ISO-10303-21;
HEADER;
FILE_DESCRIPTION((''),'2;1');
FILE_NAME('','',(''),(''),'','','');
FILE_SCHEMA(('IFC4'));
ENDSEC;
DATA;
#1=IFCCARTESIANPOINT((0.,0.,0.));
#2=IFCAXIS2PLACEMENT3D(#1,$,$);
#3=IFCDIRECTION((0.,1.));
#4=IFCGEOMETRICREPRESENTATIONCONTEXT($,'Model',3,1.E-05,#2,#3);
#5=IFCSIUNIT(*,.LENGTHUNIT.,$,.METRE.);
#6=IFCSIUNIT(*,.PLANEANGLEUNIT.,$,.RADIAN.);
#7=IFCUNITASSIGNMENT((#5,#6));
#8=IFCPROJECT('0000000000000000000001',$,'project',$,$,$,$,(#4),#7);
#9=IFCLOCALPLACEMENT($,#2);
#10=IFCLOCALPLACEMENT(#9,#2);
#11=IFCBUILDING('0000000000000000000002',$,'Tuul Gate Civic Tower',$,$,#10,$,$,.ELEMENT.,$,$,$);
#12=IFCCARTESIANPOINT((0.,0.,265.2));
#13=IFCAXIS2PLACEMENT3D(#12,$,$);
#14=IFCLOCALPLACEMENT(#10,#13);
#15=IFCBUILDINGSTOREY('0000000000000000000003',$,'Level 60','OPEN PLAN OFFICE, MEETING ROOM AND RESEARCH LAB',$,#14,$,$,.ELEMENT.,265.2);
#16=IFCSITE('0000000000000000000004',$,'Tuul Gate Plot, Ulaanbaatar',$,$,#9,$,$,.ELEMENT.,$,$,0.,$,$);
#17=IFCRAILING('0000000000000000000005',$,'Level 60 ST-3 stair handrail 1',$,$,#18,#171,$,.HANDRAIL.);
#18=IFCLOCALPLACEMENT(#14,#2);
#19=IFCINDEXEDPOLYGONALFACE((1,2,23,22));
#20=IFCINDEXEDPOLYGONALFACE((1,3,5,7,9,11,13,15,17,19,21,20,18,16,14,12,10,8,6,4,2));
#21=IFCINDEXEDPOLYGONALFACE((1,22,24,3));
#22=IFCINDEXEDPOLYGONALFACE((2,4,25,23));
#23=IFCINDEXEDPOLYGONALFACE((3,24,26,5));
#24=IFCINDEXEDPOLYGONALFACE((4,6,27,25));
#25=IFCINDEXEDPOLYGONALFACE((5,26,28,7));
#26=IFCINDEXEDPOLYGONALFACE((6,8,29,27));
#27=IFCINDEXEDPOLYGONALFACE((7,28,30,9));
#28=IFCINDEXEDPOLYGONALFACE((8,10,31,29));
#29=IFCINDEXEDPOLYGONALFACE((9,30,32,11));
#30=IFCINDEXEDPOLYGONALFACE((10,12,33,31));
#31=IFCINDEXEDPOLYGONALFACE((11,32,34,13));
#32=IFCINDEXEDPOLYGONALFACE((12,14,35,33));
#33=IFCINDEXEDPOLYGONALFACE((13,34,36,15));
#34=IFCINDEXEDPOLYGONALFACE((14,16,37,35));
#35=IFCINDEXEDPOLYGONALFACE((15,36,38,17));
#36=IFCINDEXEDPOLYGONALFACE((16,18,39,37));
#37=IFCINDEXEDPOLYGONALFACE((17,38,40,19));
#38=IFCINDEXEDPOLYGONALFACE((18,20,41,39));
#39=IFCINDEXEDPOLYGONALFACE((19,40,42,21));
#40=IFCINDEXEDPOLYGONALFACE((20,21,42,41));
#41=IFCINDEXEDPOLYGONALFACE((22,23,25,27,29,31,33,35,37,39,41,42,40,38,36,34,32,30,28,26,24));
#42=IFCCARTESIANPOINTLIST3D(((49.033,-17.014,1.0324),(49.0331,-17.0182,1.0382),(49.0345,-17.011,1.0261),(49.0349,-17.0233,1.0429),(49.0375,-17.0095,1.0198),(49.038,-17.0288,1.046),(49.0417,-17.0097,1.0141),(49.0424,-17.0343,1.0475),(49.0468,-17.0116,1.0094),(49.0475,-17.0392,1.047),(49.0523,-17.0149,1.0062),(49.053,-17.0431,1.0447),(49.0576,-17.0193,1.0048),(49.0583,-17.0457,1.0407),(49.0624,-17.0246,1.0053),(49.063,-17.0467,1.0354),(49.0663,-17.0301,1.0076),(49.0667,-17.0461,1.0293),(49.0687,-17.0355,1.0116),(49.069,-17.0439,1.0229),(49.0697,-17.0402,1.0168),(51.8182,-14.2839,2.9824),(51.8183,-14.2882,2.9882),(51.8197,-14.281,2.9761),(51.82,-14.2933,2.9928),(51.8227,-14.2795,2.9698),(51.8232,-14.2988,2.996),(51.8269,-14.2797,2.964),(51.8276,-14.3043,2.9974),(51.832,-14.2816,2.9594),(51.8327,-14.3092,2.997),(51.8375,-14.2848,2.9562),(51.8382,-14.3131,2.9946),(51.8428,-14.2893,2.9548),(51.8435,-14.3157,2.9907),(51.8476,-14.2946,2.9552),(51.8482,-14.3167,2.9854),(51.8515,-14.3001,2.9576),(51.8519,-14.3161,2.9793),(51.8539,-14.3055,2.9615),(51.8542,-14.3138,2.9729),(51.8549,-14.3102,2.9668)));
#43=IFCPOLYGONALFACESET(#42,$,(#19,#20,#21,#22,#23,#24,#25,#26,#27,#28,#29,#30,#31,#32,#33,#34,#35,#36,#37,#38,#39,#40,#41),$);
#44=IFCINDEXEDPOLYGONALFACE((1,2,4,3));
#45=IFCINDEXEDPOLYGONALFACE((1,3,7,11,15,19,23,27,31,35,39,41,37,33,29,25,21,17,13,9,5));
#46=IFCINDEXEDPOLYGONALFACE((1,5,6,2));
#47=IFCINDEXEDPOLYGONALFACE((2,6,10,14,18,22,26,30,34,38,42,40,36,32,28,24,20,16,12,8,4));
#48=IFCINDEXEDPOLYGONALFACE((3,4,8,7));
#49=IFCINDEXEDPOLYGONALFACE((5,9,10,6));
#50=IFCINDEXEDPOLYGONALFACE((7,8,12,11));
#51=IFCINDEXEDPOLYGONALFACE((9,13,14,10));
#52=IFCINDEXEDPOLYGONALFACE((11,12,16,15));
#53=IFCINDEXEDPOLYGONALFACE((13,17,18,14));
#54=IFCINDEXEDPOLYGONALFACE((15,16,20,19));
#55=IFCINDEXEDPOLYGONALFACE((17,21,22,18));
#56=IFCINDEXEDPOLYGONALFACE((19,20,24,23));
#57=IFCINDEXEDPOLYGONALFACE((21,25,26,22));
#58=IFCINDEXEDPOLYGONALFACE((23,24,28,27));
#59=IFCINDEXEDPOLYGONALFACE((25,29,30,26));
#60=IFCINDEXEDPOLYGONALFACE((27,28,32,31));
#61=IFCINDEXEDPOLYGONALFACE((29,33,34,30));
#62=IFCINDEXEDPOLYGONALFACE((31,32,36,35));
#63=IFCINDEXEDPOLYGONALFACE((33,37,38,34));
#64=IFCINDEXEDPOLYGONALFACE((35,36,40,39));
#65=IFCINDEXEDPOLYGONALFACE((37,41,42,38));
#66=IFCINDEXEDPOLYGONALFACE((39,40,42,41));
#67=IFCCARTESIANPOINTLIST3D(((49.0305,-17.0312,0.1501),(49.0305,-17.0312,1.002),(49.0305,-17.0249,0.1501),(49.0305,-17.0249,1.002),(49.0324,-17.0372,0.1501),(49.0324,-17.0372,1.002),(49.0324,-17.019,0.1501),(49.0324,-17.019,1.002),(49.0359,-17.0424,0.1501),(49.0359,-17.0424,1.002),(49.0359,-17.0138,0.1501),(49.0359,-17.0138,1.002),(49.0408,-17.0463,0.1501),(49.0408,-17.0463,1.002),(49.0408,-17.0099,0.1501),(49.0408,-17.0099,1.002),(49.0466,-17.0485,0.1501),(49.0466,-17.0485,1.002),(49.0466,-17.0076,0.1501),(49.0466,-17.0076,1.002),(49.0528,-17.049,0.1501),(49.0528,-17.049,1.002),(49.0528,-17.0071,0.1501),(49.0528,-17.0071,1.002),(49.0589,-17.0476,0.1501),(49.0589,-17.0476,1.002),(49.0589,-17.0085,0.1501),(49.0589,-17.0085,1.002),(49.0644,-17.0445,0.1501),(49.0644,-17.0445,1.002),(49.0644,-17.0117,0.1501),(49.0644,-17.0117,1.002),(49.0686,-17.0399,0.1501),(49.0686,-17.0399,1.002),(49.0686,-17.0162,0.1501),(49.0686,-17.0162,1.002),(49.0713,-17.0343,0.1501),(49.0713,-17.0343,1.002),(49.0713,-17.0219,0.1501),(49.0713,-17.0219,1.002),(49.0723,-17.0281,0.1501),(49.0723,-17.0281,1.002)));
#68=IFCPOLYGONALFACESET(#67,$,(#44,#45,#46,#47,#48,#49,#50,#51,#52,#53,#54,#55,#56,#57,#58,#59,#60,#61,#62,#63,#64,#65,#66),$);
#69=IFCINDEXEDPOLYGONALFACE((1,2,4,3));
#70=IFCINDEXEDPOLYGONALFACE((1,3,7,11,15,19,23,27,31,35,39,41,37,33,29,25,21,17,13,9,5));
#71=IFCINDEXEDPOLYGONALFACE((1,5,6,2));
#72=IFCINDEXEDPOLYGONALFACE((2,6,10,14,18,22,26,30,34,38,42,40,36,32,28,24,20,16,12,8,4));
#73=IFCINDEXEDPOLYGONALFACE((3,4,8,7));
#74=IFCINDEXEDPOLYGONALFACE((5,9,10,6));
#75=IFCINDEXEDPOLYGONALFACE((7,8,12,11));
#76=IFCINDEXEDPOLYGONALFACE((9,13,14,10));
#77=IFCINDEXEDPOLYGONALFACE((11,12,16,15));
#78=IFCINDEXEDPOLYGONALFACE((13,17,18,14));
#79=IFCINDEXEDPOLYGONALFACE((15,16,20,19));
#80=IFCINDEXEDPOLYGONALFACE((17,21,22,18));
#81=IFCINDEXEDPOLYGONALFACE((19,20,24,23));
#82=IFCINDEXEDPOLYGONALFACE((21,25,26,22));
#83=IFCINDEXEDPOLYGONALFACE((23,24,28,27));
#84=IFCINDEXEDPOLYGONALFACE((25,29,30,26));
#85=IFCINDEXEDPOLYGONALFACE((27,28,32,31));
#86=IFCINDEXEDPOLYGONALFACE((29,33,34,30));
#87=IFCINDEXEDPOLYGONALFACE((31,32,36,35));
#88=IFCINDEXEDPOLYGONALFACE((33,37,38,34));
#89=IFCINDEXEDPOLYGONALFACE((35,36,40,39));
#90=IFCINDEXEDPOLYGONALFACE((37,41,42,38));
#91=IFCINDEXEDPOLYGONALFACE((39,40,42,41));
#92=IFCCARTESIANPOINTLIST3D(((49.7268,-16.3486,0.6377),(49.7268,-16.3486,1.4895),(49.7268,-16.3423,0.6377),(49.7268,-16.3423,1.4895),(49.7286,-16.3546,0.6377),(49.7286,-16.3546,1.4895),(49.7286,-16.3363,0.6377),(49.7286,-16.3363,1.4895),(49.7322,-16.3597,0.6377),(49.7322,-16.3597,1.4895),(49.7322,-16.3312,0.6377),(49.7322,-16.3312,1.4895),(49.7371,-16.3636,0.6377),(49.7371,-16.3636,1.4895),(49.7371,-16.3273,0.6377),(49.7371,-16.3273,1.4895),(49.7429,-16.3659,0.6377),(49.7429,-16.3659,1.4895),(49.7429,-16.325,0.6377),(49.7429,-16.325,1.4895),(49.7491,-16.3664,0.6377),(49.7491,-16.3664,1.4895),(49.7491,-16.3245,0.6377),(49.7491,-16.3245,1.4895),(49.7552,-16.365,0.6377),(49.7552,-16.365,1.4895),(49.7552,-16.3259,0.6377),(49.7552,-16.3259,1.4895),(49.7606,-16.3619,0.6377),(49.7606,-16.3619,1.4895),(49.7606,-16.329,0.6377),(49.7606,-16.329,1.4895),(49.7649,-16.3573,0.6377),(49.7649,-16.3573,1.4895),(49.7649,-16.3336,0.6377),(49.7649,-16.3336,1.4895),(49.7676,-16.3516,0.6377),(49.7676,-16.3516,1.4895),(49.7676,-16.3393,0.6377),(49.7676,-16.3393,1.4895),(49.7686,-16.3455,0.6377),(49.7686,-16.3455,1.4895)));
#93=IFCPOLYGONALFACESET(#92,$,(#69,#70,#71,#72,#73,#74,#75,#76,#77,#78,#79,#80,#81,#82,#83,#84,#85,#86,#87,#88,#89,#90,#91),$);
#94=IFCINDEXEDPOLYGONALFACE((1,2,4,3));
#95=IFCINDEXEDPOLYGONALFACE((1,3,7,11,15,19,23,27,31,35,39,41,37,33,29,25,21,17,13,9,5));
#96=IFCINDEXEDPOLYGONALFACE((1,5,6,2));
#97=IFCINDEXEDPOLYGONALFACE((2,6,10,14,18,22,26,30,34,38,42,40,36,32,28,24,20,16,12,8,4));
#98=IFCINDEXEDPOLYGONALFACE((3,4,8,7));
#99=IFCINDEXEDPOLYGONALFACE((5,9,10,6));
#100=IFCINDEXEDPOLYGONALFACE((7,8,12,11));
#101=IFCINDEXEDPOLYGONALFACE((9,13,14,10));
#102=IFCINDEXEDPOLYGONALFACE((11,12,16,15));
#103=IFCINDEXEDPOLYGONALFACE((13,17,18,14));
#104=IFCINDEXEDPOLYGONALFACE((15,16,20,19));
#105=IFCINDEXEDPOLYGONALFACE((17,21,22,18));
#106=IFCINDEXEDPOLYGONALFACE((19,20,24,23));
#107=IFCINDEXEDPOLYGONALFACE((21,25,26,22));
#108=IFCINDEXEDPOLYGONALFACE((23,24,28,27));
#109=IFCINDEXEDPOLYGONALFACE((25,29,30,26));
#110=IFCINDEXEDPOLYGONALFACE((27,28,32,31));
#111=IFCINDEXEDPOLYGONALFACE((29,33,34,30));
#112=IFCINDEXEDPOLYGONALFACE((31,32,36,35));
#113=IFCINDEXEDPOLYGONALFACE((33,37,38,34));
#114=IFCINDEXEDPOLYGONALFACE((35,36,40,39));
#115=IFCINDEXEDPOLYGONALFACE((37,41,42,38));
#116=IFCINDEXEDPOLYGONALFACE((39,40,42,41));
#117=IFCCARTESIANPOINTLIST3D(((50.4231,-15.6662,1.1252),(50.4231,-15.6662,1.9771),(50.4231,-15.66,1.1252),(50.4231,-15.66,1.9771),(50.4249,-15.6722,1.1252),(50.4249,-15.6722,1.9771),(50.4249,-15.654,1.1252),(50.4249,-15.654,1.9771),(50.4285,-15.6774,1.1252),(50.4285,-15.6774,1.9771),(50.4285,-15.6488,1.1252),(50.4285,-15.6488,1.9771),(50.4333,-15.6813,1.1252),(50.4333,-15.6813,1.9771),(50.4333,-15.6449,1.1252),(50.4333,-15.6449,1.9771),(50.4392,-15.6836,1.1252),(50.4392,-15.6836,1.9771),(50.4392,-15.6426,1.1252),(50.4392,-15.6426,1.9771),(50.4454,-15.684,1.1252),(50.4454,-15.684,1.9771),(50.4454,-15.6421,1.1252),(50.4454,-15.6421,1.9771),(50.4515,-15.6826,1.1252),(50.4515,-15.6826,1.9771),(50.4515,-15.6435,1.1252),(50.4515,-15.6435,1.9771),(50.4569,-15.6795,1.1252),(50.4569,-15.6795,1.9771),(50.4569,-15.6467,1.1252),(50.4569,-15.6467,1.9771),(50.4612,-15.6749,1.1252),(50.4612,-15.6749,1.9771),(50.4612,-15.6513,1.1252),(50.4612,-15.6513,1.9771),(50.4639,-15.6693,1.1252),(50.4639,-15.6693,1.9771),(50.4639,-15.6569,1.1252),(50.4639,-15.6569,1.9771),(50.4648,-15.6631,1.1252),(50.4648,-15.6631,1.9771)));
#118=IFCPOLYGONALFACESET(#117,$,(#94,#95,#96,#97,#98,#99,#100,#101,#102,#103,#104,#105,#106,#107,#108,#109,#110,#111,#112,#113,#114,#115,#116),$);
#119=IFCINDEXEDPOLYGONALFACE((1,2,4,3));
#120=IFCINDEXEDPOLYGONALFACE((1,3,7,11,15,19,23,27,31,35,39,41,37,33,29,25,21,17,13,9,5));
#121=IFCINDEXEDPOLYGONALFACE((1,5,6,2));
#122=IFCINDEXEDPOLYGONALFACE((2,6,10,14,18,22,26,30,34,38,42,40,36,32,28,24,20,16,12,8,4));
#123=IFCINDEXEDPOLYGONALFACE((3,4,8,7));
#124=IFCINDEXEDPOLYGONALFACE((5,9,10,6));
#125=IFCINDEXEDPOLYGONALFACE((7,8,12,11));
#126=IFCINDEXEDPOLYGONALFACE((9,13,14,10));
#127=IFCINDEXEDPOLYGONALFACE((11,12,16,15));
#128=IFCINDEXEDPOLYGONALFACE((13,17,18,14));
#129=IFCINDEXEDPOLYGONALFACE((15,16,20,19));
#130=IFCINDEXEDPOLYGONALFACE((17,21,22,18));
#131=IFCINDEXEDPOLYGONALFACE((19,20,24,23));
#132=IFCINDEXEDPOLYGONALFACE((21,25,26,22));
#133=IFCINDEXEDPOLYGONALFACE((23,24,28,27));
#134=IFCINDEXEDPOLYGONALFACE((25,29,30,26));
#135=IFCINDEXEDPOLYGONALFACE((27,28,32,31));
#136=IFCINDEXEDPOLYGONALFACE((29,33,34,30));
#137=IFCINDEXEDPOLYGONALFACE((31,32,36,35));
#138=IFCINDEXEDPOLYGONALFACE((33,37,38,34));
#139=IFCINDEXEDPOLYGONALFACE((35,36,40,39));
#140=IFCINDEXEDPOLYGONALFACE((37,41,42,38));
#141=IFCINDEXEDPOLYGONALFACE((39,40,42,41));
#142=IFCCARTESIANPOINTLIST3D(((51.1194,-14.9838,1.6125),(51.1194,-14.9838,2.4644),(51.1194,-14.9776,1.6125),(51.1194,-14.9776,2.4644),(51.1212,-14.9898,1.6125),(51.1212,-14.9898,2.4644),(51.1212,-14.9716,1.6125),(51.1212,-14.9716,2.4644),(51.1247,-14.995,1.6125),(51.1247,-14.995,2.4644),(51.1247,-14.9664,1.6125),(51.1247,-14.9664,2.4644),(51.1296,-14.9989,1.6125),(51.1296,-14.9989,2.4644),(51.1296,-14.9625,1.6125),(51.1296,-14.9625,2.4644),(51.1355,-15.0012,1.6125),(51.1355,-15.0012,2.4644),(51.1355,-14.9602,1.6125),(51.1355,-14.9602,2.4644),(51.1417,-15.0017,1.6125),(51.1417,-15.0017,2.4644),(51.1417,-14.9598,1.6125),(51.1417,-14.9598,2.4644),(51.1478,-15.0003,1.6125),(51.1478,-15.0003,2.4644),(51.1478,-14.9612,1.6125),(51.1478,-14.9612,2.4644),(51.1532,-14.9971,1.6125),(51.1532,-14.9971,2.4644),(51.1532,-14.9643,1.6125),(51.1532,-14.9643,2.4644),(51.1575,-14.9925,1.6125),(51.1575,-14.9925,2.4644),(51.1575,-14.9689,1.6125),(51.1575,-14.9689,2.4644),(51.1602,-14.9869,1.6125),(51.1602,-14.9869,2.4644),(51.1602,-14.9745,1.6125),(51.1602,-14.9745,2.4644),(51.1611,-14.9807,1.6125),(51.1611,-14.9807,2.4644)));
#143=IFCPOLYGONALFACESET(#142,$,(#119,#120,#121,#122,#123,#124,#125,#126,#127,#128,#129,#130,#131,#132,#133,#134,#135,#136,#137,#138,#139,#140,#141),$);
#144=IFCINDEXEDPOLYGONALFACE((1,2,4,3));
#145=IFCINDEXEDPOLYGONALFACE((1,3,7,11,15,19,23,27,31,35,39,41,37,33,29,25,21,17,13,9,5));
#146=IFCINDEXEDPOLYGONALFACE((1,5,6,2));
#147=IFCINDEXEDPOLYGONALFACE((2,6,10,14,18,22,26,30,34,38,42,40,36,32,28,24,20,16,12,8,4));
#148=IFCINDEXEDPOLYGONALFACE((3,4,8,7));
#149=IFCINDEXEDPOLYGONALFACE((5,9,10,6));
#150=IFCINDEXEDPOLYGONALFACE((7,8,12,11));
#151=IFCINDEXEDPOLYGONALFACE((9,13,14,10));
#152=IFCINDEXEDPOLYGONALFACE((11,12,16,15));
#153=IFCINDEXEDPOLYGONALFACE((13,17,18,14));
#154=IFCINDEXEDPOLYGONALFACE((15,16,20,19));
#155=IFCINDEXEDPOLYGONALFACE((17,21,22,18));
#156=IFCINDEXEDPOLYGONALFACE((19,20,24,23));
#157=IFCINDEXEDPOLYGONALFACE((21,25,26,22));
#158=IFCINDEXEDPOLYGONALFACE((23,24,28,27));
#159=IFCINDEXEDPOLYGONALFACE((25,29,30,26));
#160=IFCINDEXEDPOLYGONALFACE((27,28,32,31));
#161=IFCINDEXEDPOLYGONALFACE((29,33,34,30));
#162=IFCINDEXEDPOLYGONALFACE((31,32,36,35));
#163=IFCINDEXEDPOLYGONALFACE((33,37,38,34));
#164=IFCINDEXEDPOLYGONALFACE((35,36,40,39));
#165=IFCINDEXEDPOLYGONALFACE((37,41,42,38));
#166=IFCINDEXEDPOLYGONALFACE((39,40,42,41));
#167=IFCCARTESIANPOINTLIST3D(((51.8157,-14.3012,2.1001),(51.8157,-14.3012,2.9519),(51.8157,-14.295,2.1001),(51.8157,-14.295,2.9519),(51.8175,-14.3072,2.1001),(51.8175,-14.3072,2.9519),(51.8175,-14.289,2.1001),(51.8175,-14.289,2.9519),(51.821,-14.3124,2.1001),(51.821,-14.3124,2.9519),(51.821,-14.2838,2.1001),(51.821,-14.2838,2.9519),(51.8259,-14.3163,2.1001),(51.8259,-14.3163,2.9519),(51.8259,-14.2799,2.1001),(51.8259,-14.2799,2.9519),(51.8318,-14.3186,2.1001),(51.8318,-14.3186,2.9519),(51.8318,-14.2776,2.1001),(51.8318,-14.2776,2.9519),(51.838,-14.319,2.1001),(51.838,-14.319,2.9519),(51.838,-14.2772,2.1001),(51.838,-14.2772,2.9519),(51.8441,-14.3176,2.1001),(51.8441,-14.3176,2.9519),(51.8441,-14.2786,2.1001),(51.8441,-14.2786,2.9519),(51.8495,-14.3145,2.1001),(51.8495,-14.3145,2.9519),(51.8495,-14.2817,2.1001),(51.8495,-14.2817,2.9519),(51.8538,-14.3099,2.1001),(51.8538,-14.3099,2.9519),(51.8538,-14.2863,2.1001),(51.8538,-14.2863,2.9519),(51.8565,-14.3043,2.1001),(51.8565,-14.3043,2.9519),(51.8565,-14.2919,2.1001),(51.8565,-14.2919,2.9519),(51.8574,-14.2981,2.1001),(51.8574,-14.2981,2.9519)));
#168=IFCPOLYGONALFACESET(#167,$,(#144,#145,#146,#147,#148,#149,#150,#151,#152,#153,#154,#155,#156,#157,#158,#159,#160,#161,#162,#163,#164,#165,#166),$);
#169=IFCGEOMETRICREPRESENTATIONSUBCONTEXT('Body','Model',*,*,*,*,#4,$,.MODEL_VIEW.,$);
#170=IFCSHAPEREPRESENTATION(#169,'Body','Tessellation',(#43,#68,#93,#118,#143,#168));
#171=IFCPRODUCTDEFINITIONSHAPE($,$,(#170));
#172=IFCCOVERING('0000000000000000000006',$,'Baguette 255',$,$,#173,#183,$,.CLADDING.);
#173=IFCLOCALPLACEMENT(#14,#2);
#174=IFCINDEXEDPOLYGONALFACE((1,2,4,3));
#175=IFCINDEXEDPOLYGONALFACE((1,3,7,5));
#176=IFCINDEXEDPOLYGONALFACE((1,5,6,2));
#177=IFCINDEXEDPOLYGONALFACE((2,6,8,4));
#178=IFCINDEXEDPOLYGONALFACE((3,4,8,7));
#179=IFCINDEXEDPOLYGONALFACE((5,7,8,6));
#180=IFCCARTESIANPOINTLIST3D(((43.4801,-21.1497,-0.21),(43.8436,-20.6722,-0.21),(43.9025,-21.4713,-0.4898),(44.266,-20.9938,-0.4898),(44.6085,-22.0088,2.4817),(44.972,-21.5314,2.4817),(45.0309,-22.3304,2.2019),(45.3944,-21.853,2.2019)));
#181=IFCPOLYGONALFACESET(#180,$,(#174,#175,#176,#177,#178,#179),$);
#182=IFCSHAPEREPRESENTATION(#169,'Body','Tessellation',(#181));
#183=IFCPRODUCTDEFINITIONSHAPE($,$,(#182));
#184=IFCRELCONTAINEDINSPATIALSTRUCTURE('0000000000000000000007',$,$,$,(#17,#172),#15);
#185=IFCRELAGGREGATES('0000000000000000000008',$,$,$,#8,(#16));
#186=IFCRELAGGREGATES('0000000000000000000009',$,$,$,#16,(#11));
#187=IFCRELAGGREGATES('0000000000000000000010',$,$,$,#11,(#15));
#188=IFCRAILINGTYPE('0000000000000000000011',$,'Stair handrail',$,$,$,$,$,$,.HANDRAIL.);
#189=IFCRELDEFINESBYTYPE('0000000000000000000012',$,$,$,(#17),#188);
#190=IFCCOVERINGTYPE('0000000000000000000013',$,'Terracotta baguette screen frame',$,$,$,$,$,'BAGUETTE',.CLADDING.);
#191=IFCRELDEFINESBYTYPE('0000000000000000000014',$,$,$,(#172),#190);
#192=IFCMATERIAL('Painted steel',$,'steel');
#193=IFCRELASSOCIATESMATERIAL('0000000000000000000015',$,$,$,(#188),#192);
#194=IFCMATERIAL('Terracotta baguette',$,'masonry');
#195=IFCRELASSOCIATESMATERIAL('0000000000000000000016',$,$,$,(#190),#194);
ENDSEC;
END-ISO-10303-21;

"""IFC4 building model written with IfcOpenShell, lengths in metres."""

from ifc_helpers import new_model, si_unit, direction, frame, origin, origin_2d, place, context, subcontext, project, spatial, rectangle, circle, extrude, material, material_profile, profile_set, type_object, element, save


model = new_model("IFC4")

# Units and contexts
model_context = context("Model", 3, precision=1e-05, world=origin(), true_north=direction((0.0, 1.0)))
body_context = subcontext(model_context, "Body", "Model", "MODEL_VIEW")
ifc_project = project(units=[si_unit("LENGTHUNIT", "METRE"), si_unit("PLANEANGLEUNIT", "RADIAN")], contexts=[model_context])

# Site, building, storey
site_placement = place(None, origin())
site = spatial("IfcSite", under=ifc_project, at=site_placement, Name="Tuul Gate Plot, Ulaanbaatar", CompositionType="ELEMENT", RefElevation=0.0)
building_placement = place(site_placement, origin())
building = spatial("IfcBuilding", under=site, at=building_placement, Name="Tuul Gate Civic Tower", CompositionType="ELEMENT")
storey_placement = place(building_placement, frame((0.0, 0.0, 265.2)))
storey = spatial("IfcBuildingStorey", under=building, at=storey_placement, Name="Level 60", Description="OPEN PLAN OFFICE, MEETING ROOM AND RESEARCH LAB", CompositionType="ELEMENT", Elevation=265.2)

# Railing
ifc_material_1 = material(Name="Painted steel", Category="steel")
railing_type_1 = type_object("IfcRailingType", Name="Stair handrail", PredefinedType="HANDRAIL", material=ifc_material_1)
railing_1_placement = place(storey_placement, frame((49.0513, -17.0281, 0.1501)))
element("IfcRailing", 1, at=railing_1_placement, inside=storey, type_object=railing_type_1, Name="Level 60 ST-3 stair handrail 1", PredefinedType="HANDRAIL", context=body_context, shape_type="SweptSolid", body=[
    extrude(circle(Radius=0.0239, at=origin_2d()), frame((0.0, 0.0, 0.876), z_axis=(0.638754, 0.6261, 0.447206), x_axis=(-0.699998, 0.714145, 0.0)), (0.0, 0.0, 1.0), 4.3604),
    extrude(circle(Radius=0.021, at=origin_2d()), origin(), (0.0, 0.0, 1.0), 0.8518),
    extrude(circle(Radius=0.021, at=origin_2d()), frame((0.6963, 0.6826, 0.4875)), (0.0, 0.0, 1.0), 0.8518),
    extrude(circle(Radius=0.021, at=origin_2d()), frame((1.3926, 1.365, 0.9751)), (0.0, 0.0, 1.0), 0.8518),
    extrude(circle(Radius=0.021, at=origin_2d()), frame((2.0889, 2.0474, 1.4624)), (0.0, 0.0, 1.0), 0.8518),
    extrude(circle(Radius=0.021, at=origin_2d()), frame((2.7852, 2.73, 1.95)), (0.0, 0.0, 1.0), 0.8518),
])

# Covering
ifc_material_2 = material(Name="Terracotta baguette", Category="masonry")
ifc_material_profile_1 = material_profile(ifc_material_2, rectangle(XDim=0.6001, YDim=0.6001, at=origin_2d()), Name="Terracotta baguette screen frame")
ifc_profile_set_1 = profile_set([ifc_material_profile_1], Name="Terracotta baguette")
covering_type = type_object("IfcCoveringType", Name="Terracotta baguette screen frame", ElementType="BAGUETTE", PredefinedType="CLADDING", material=ifc_profile_set_1)
covering_placement = place(storey_placement, frame((45.0015, -21.9309, 2.3418), z_axis=(-0.370893, 0.282383, -0.884702), x_axis=(-0.605768, -0.795641, 0.0)))
element("IfcCovering", 2, at=covering_placement, inside=storey, type_object=covering_type, Name="Baguette 255", PredefinedType="CLADDING", context=body_context, shape_type="SweptSolid", body=[
    extrude(rectangle(XDim=0.6001, YDim=0.6001, at=origin_2d()), origin(), (0.0, 0.0, 1.0), 3.0425),
])

save(model, "model.ifc")
